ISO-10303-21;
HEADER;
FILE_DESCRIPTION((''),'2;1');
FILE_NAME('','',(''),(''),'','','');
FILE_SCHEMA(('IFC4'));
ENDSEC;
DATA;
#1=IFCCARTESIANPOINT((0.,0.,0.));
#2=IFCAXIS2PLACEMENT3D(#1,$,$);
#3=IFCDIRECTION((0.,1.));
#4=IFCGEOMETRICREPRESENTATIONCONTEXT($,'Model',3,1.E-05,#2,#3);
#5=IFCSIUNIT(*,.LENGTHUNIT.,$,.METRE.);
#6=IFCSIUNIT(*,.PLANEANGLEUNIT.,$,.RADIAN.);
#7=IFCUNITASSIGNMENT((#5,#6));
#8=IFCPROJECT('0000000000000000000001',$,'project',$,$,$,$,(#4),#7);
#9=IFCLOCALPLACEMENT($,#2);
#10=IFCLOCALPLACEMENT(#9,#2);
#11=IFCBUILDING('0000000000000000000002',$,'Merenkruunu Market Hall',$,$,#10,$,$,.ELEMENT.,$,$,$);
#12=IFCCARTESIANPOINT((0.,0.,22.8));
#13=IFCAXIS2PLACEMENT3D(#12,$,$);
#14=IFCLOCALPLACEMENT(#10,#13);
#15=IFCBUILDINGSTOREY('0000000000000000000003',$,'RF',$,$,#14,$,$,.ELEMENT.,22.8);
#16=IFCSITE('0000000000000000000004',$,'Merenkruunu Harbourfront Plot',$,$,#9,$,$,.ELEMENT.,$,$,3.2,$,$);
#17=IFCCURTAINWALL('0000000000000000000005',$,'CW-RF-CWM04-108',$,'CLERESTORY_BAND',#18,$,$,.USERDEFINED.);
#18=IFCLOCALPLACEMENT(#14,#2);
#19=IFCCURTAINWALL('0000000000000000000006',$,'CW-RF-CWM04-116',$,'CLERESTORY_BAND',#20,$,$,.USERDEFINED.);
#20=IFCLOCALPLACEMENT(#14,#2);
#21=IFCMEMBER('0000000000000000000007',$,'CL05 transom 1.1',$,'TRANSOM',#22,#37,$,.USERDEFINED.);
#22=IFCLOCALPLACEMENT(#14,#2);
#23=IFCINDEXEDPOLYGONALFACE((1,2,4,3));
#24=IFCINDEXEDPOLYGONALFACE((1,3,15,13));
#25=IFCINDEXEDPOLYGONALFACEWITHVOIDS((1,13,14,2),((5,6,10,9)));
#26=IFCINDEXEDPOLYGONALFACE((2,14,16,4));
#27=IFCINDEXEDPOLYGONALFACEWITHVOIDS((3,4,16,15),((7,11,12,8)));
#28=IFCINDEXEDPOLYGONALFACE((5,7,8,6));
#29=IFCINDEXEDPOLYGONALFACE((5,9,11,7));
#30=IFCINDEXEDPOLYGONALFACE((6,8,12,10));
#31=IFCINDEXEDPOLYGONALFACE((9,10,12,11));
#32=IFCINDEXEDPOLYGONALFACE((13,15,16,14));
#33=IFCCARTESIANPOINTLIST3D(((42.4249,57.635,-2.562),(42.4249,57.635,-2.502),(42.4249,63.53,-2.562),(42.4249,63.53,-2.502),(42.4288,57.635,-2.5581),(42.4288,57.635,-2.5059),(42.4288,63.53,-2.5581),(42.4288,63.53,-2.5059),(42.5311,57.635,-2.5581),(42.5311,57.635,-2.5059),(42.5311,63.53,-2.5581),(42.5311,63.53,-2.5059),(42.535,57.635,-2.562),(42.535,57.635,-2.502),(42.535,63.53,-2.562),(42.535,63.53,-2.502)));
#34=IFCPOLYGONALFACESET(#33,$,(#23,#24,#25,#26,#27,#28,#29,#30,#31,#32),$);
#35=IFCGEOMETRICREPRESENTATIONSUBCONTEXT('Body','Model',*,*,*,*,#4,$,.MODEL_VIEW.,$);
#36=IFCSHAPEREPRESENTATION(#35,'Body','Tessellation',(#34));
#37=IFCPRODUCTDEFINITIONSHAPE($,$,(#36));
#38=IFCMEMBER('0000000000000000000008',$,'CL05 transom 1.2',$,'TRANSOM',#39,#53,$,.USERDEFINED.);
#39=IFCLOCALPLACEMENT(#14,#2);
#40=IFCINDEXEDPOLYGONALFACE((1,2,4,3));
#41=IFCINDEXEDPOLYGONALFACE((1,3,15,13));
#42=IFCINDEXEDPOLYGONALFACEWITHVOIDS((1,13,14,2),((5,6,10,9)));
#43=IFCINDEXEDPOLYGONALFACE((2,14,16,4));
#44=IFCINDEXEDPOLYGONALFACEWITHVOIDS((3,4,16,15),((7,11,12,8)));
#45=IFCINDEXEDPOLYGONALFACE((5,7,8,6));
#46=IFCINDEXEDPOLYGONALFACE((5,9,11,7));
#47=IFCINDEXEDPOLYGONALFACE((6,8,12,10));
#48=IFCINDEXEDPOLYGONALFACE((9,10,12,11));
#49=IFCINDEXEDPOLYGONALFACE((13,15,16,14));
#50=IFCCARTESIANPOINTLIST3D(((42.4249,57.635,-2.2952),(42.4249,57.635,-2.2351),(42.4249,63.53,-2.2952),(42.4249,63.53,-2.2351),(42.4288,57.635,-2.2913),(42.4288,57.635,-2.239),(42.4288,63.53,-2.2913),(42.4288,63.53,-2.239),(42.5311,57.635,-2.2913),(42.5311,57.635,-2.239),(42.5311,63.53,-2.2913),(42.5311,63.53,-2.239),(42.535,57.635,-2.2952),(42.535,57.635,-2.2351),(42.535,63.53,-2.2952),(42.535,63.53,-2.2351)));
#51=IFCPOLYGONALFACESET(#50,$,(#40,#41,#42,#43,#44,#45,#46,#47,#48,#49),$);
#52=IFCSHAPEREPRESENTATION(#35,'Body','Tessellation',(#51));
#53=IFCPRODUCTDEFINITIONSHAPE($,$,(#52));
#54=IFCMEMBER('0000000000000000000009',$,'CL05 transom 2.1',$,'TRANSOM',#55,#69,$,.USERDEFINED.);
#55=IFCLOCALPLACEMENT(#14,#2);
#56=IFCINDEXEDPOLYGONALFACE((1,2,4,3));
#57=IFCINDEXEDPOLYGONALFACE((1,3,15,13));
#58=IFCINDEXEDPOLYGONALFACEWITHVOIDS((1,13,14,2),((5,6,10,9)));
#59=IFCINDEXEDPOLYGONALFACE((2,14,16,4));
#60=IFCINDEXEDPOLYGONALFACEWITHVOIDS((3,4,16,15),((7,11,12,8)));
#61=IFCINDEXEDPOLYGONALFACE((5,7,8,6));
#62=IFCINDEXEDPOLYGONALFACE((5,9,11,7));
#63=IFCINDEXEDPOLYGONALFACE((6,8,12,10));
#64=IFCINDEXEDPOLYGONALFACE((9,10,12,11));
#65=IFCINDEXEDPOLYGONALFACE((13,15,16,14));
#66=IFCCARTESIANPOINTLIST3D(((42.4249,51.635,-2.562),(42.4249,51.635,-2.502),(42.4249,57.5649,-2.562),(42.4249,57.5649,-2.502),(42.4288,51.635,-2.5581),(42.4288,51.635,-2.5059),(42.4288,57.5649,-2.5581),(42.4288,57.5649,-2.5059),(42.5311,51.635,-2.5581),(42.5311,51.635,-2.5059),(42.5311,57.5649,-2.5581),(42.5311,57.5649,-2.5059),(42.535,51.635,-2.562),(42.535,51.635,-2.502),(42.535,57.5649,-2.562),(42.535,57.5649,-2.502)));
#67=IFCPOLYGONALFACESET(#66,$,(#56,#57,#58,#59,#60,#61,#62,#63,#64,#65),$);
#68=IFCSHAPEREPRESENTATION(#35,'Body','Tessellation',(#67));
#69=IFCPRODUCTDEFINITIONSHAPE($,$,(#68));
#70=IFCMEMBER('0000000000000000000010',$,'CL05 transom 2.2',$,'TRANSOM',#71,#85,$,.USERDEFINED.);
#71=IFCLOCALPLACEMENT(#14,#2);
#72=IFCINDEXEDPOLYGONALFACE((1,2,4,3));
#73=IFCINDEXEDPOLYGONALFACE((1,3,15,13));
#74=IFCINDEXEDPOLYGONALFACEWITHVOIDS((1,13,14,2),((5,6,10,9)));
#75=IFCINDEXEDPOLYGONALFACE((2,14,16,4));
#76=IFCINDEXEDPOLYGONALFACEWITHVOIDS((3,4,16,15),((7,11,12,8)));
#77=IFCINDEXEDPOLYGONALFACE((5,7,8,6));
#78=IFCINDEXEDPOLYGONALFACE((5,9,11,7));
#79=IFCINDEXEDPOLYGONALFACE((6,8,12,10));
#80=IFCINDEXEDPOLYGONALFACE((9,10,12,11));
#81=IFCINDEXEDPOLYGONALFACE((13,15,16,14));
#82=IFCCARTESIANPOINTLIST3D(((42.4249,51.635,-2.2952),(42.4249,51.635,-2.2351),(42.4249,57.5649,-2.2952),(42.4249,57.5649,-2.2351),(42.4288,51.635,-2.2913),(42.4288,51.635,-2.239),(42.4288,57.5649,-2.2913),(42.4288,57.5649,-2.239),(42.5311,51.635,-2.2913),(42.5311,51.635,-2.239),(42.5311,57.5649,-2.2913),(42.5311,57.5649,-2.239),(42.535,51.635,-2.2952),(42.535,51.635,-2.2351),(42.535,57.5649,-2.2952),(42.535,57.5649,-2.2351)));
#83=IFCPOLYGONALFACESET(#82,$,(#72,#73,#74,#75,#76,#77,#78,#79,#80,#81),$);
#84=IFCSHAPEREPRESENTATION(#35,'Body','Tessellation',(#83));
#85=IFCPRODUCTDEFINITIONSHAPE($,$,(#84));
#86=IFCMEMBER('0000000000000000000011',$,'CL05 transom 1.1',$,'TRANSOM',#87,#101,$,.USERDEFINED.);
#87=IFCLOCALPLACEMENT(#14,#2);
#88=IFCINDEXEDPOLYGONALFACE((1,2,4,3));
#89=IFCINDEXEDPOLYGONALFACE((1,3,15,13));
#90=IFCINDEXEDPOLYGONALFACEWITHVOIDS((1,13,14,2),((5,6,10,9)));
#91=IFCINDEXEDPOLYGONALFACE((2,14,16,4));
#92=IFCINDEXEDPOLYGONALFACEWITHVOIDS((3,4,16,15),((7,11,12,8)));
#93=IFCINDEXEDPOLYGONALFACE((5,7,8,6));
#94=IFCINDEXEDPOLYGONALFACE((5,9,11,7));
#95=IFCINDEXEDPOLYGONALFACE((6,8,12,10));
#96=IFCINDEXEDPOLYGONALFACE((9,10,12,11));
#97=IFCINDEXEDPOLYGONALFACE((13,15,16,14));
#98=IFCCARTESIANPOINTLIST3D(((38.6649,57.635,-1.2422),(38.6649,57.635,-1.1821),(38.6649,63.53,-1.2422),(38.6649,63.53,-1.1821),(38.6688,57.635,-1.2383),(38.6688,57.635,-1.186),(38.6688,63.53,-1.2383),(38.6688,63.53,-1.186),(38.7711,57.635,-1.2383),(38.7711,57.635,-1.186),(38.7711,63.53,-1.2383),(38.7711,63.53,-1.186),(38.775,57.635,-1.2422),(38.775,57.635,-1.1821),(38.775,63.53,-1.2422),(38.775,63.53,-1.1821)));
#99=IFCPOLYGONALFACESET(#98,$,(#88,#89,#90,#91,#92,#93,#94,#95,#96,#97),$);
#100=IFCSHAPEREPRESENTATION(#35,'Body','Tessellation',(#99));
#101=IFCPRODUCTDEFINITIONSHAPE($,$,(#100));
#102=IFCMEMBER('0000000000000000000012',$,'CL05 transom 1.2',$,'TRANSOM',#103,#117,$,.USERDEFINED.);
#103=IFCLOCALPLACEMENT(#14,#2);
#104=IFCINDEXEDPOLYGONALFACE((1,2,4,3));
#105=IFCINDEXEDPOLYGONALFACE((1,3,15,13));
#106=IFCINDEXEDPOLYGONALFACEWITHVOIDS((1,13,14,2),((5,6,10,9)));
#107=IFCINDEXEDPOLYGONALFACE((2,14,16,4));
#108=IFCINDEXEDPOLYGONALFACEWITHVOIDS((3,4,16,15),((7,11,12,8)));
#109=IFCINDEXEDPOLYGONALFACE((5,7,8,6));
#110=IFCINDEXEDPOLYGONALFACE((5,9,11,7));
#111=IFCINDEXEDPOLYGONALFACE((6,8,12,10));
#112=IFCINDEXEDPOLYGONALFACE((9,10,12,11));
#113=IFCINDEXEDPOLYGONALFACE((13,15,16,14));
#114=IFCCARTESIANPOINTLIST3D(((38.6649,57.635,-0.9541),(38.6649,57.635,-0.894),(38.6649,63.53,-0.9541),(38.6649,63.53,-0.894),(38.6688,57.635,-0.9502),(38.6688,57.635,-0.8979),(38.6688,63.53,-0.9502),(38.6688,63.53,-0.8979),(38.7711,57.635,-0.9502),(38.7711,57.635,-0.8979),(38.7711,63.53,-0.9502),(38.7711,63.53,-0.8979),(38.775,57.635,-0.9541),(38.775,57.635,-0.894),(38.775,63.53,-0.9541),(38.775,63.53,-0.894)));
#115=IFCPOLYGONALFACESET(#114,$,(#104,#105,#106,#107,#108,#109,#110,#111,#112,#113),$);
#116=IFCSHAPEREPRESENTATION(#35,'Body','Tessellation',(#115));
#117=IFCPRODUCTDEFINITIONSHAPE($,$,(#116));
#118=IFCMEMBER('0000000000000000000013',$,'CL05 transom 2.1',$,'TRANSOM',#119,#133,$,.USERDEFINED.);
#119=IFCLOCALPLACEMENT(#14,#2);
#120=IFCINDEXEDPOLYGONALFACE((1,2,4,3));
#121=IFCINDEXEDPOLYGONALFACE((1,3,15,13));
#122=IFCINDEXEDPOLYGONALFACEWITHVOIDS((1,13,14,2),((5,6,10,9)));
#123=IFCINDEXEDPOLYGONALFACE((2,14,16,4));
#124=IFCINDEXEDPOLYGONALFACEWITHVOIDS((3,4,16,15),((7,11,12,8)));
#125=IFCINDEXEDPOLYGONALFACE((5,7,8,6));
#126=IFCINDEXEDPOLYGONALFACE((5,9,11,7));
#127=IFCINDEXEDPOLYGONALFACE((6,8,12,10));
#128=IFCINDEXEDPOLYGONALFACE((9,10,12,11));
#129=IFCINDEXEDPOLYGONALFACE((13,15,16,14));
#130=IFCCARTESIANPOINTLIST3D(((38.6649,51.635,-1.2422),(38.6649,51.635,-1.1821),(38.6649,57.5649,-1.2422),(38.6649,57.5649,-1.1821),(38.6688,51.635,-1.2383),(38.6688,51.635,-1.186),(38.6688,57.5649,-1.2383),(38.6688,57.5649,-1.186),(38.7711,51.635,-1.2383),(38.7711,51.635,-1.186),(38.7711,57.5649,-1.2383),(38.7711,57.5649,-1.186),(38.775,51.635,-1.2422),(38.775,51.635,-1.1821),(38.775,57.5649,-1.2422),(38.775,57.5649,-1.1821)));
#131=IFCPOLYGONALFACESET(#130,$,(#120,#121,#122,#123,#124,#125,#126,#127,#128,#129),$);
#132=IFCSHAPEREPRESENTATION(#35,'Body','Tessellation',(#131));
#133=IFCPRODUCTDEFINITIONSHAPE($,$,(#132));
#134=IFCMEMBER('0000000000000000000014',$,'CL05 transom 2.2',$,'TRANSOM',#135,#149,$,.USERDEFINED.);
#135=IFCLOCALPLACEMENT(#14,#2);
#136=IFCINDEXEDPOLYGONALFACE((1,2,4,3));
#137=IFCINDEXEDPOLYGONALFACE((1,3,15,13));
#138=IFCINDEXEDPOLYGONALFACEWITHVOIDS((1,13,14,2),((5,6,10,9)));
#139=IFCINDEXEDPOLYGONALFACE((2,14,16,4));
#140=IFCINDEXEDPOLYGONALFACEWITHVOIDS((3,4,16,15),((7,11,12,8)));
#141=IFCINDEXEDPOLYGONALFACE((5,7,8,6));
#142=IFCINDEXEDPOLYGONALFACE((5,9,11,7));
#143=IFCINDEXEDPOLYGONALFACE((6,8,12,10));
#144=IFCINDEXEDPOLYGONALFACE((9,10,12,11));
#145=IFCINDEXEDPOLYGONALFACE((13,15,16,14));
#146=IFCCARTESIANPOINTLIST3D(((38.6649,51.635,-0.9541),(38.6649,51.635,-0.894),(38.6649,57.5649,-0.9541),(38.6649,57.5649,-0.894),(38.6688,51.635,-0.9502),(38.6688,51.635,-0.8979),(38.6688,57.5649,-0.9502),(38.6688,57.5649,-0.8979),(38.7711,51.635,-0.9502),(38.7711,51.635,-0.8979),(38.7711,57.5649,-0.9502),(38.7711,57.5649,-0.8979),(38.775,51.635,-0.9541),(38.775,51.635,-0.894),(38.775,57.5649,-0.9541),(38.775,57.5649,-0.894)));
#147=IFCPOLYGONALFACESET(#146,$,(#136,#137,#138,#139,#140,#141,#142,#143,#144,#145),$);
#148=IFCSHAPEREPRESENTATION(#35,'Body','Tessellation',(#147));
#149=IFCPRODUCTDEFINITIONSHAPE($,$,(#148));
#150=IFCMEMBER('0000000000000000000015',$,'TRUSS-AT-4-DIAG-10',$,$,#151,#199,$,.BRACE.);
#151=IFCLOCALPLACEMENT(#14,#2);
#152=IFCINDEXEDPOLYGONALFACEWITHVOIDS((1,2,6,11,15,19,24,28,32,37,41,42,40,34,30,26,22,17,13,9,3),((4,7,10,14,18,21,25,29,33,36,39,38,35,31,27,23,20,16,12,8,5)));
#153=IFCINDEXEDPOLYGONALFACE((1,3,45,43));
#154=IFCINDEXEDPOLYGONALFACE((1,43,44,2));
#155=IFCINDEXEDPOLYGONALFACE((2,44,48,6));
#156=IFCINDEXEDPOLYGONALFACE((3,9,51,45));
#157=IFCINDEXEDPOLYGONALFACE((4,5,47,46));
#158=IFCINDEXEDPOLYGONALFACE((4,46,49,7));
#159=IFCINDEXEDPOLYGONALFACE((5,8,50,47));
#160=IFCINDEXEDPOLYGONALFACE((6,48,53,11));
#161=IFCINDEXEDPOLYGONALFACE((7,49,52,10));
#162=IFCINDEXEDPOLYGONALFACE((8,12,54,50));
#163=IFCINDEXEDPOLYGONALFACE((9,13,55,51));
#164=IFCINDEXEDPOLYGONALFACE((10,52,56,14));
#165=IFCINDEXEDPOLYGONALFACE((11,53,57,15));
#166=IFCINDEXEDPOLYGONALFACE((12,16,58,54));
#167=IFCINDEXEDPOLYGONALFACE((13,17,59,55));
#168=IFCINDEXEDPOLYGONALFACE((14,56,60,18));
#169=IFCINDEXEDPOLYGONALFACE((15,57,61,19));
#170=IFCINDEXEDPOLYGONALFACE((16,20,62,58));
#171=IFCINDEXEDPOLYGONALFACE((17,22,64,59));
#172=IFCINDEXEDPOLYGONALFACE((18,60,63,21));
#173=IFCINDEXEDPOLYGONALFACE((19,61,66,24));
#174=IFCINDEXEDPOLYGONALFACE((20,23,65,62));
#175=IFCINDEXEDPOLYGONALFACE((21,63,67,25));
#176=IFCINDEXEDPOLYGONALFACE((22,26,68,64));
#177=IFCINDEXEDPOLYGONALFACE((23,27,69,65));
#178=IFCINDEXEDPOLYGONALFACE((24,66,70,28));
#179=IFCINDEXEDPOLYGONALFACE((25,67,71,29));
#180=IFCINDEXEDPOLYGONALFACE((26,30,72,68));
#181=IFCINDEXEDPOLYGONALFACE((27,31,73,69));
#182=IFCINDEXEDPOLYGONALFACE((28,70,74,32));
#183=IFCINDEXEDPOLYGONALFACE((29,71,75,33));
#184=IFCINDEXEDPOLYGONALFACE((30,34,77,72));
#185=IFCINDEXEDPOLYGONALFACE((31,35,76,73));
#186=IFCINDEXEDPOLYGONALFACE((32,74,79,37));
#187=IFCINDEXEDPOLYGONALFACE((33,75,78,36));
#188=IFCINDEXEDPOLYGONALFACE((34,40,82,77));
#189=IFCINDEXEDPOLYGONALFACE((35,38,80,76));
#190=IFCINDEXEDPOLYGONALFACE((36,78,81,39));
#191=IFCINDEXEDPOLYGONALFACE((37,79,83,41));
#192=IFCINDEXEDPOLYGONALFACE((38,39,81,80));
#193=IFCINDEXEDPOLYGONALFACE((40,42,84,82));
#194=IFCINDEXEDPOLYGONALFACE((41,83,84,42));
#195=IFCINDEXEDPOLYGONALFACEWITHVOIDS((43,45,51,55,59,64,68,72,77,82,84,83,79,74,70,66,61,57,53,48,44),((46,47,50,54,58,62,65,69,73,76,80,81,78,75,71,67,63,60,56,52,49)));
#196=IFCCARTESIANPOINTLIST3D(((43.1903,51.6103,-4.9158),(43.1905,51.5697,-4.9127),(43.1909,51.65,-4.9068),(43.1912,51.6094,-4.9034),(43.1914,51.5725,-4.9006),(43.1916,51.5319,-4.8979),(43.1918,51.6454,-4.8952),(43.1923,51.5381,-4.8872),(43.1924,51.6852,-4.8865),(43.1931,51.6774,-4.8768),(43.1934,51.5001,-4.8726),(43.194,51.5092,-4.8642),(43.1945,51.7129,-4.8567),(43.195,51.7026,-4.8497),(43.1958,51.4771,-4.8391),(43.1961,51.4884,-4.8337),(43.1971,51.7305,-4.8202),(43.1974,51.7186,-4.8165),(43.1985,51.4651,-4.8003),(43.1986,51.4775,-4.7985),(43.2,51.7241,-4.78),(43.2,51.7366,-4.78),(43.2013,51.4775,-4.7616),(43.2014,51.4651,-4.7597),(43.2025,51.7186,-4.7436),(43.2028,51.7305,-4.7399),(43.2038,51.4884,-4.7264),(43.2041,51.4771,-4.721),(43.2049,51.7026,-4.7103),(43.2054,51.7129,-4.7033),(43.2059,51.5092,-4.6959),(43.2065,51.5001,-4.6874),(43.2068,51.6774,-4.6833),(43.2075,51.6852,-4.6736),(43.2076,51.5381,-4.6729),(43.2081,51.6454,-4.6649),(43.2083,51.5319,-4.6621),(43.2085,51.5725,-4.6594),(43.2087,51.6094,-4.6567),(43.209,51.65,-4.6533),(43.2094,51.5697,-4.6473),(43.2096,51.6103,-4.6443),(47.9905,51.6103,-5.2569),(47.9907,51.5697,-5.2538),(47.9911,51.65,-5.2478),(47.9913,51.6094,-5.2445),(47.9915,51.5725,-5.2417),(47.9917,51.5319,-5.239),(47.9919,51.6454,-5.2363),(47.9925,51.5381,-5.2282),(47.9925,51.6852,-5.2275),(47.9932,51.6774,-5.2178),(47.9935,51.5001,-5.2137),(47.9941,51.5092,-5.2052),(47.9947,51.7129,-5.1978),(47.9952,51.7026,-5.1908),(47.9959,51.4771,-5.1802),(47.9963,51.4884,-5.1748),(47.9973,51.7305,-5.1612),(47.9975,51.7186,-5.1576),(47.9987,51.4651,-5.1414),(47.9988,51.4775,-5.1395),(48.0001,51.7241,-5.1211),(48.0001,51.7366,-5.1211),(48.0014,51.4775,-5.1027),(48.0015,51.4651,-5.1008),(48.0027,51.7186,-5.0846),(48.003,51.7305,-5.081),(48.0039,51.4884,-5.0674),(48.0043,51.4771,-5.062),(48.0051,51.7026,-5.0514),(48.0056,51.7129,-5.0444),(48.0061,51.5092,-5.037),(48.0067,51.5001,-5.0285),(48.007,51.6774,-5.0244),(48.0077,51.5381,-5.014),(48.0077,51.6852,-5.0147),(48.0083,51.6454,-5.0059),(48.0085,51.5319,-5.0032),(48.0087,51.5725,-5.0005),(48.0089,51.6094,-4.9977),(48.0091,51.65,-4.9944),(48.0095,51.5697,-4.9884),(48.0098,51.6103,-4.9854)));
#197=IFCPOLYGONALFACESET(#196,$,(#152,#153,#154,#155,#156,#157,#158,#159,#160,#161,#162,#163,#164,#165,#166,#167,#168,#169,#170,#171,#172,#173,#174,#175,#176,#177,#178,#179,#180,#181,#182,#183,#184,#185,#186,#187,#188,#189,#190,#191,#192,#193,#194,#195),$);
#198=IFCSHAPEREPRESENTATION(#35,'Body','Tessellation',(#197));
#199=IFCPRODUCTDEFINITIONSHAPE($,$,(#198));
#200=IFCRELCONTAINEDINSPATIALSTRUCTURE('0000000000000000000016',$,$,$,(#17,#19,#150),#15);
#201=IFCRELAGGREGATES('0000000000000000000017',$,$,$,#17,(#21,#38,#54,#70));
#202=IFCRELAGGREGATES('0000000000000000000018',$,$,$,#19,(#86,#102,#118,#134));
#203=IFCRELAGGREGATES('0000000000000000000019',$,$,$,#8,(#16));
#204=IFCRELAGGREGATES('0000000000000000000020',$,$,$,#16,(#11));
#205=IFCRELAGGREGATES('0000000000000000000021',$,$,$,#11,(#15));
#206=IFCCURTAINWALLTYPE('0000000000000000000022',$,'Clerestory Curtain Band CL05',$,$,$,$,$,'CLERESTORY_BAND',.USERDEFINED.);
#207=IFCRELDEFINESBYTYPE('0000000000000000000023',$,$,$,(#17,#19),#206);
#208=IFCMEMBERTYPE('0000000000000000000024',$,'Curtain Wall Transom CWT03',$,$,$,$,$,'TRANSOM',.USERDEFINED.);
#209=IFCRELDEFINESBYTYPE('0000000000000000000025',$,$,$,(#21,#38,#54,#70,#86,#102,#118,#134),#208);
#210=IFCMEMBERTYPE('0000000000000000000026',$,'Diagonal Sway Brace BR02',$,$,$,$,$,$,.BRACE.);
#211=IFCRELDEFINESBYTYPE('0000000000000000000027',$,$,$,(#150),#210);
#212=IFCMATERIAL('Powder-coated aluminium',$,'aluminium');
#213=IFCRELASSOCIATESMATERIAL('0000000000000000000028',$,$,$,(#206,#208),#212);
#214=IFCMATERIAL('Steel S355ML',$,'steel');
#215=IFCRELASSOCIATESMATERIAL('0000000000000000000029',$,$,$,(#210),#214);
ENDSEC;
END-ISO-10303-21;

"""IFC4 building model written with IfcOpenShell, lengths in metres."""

from ifc_helpers import new_model, si_unit, direction, frame, origin, origin_2d, place, context, subcontext, project, spatial, hollow_rectangle, hollow_circle, extrude, material, material_profile, profile_set, type_object, element, aggregate, save


model = new_model("IFC4")

# Units and contexts
model_context = context("Model", 3, precision=1e-05, world=origin(), true_north=direction((0.0, 1.0)))
body_context = subcontext(model_context, "Body", "Model", "MODEL_VIEW")
ifc_project = project(units=[si_unit("LENGTHUNIT", "METRE"), si_unit("PLANEANGLEUNIT", "RADIAN")], contexts=[model_context])

# Site, building, storey
site_placement = place(None, origin())
site = spatial("IfcSite", under=ifc_project, at=site_placement, Name="Merenkruunu Harbourfront Plot", CompositionType="ELEMENT", RefElevation=3.2)
building_placement = place(site_placement, origin())
building = spatial("IfcBuilding", under=site, at=building_placement, Name="Merenkruunu Market Hall", CompositionType="ELEMENT")
storey_placement = place(building_placement, frame((0.0, 0.0, 22.8)))
storey = spatial("IfcBuildingStorey", under=building, at=storey_placement, Name="RF", CompositionType="ELEMENT", Elevation=22.8)

# Shared definitions
ifc_material_1 = material(Name="Steel S355ML", Category="steel")

# Curtain walls
ifc_material_2 = material(Name="Powder-coated aluminium", Category="aluminium")
curtain_wall_type = type_object("IfcCurtainWallType", Name="Clerestory Curtain Band CL05", ElementType="CLERESTORY_BAND", PredefinedType="USERDEFINED", material=ifc_material_2)
curtain_wall_1_placement = place(storey_placement, origin())
curtain_wall_1 = element("IfcCurtainWall", 1, at=curtain_wall_1_placement, inside=storey, type_object=curtain_wall_type, Name="CW-RF-CWM04-108", ObjectType="CLERESTORY_BAND", PredefinedType="USERDEFINED")
curtain_wall_2_placement = place(storey_placement, origin())
curtain_wall_2 = element("IfcCurtainWall", 2, at=curtain_wall_2_placement, inside=storey, type_object=curtain_wall_type, Name="CW-RF-CWM04-116", ObjectType="CLERESTORY_BAND", PredefinedType="USERDEFINED")

# Members
ifc_material_profile_1 = material_profile(ifc_material_2, hollow_rectangle(XDim=0.0601, YDim=0.1101, WallThickness=0.0039, at=origin_2d()), Name="ALU 60x110x4")
ifc_profile_set_1 = profile_set([ifc_material_profile_1], Name="Powder-coated aluminium")
member_type_1 = type_object("IfcMemberType", Name="Curtain Wall Transom CWT03", ElementType="TRANSOM", PredefinedType="USERDEFINED", material=ifc_profile_set_1)
member_1_placement = place(storey_placement, frame((42.48, 63.53, -2.532), z_axis=(0.0, -1.0, 0.0), x_axis=(0.0, 0.0, 1.0)))
member_1 = element("IfcMember", 3, at=member_1_placement, type_object=member_type_1, Name="CL05 transom 1.1", ObjectType="TRANSOM", PredefinedType="USERDEFINED", context=body_context, shape_type="SweptSolid", body=[
    extrude(hollow_rectangle(XDim=0.0601, YDim=0.1101, WallThickness=0.0039, at=origin_2d()), origin(), (0.0, 0.0, 1.0), 5.895),
])
member_2_placement = place(storey_placement, frame((42.48, 63.53, -2.2651), z_axis=(0.0, -1.0, 0.0), x_axis=(0.0, 0.0, 1.0)))
member_2 = element("IfcMember", 4, at=member_2_placement, type_object=member_type_1, Name="CL05 transom 1.2", ObjectType="TRANSOM", PredefinedType="USERDEFINED", context=body_context, shape_type="SweptSolid", body=[
    extrude(hollow_rectangle(XDim=0.0601, YDim=0.1101, WallThickness=0.0039, at=origin_2d()), origin(), (0.0, 0.0, 1.0), 5.895),
])
member_3_placement = place(storey_placement, frame((42.48, 57.5649, -2.532), z_axis=(0.0, -1.0, 0.0), x_axis=(0.0, 0.0, 1.0)))
member_3 = element("IfcMember", 5, at=member_3_placement, type_object=member_type_1, Name="CL05 transom 2.1", ObjectType="TRANSOM", PredefinedType="USERDEFINED", context=body_context, shape_type="SweptSolid", body=[
    extrude(hollow_rectangle(XDim=0.0601, YDim=0.1101, WallThickness=0.0039, at=origin_2d()), origin(), (0.0, 0.0, 1.0), 5.9299),
])
member_4_placement = place(storey_placement, frame((42.48, 57.5649, -2.2651), z_axis=(0.0, -1.0, 0.0), x_axis=(0.0, 0.0, 1.0)))
member_4 = element("IfcMember", 6, at=member_4_placement, type_object=member_type_1, Name="CL05 transom 2.2", ObjectType="TRANSOM", PredefinedType="USERDEFINED", context=body_context, shape_type="SweptSolid", body=[
    extrude(hollow_rectangle(XDim=0.0601, YDim=0.1101, WallThickness=0.0039, at=origin_2d()), origin(), (0.0, 0.0, 1.0), 5.9299),
])
member_5_placement = place(storey_placement, frame((38.72, 63.53, -1.2122), z_axis=(0.0, -1.0, 0.0), x_axis=(0.0, 0.0, 1.0)))
member_5 = element("IfcMember", 7, at=member_5_placement, type_object=member_type_1, Name="CL05 transom 1.1", ObjectType="TRANSOM", PredefinedType="USERDEFINED", context=body_context, shape_type="SweptSolid", body=[
    extrude(hollow_rectangle(XDim=0.0601, YDim=0.1101, WallThickness=0.0039, at=origin_2d()), origin(), (0.0, 0.0, 1.0), 5.895),
])
member_6_placement = place(storey_placement, frame((38.72, 63.53, -0.9241), z_axis=(0.0, -1.0, 0.0), x_axis=(0.0, 0.0, 1.0)))
member_6 = element("IfcMember", 8, at=member_6_placement, type_object=member_type_1, Name="CL05 transom 1.2", ObjectType="TRANSOM", PredefinedType="USERDEFINED", context=body_context, shape_type="SweptSolid", body=[
    extrude(hollow_rectangle(XDim=0.0601, YDim=0.1101, WallThickness=0.0039, at=origin_2d()), origin(), (0.0, 0.0, 1.0), 5.895),
])
member_7_placement = place(storey_placement, frame((38.72, 57.5649, -1.2122), z_axis=(0.0, -1.0, 0.0), x_axis=(0.0, 0.0, 1.0)))
member_7 = element("IfcMember", 9, at=member_7_placement, type_object=member_type_1, Name="CL05 transom 2.1", ObjectType="TRANSOM", PredefinedType="USERDEFINED", context=body_context, shape_type="SweptSolid", body=[
    extrude(hollow_rectangle(XDim=0.0601, YDim=0.1101, WallThickness=0.0039, at=origin_2d()), origin(), (0.0, 0.0, 1.0), 5.9299),
])
member_8_placement = place(storey_placement, frame((38.72, 57.5649, -0.9241), z_axis=(0.0, -1.0, 0.0), x_axis=(0.0, 0.0, 1.0)))
member_8 = element("IfcMember", 10, at=member_8_placement, type_object=member_type_1, Name="CL05 transom 2.2", ObjectType="TRANSOM", PredefinedType="USERDEFINED", context=body_context, shape_type="SweptSolid", body=[
    extrude(hollow_rectangle(XDim=0.0601, YDim=0.1101, WallThickness=0.0039, at=origin_2d()), origin(), (0.0, 0.0, 1.0), 5.9299),
])

# Member
ifc_material_profile_2 = material_profile(ifc_material_1, hollow_circle(Radius=0.1365, WallThickness=0.0125, at=origin_2d()), Name="CHS 273x12.5")
ifc_profile_set_2 = profile_set([ifc_material_profile_2], Name="Steel S355ML")
member_type_2 = type_object("IfcMemberType", Name="Diagonal Sway Brace BR02", PredefinedType="BRACE", material=ifc_profile_set_2)
member_9_placement = place(storey_placement, frame((43.2, 51.6001, -4.78), z_axis=(0.997485, 0.0, -0.070876), x_axis=(0.0, 1.0, 0.0)))
element("IfcMember", 11, at=member_9_placement, inside=storey, type_object=member_type_2, Name="TRUSS-AT-4-DIAG-10", PredefinedType="BRACE", context=body_context, shape_type="SweptSolid", body=[
    extrude(hollow_circle(Radius=0.1365, WallThickness=0.0125, at=origin_2d()), origin(), (0.0, 0.0, 1.0), 4.8123),
])

aggregate(curtain_wall_1, [member_1, member_2, member_3, member_4])
aggregate(curtain_wall_2, [member_5, member_6, member_7, member_8])

save(model, "model.ifc")
